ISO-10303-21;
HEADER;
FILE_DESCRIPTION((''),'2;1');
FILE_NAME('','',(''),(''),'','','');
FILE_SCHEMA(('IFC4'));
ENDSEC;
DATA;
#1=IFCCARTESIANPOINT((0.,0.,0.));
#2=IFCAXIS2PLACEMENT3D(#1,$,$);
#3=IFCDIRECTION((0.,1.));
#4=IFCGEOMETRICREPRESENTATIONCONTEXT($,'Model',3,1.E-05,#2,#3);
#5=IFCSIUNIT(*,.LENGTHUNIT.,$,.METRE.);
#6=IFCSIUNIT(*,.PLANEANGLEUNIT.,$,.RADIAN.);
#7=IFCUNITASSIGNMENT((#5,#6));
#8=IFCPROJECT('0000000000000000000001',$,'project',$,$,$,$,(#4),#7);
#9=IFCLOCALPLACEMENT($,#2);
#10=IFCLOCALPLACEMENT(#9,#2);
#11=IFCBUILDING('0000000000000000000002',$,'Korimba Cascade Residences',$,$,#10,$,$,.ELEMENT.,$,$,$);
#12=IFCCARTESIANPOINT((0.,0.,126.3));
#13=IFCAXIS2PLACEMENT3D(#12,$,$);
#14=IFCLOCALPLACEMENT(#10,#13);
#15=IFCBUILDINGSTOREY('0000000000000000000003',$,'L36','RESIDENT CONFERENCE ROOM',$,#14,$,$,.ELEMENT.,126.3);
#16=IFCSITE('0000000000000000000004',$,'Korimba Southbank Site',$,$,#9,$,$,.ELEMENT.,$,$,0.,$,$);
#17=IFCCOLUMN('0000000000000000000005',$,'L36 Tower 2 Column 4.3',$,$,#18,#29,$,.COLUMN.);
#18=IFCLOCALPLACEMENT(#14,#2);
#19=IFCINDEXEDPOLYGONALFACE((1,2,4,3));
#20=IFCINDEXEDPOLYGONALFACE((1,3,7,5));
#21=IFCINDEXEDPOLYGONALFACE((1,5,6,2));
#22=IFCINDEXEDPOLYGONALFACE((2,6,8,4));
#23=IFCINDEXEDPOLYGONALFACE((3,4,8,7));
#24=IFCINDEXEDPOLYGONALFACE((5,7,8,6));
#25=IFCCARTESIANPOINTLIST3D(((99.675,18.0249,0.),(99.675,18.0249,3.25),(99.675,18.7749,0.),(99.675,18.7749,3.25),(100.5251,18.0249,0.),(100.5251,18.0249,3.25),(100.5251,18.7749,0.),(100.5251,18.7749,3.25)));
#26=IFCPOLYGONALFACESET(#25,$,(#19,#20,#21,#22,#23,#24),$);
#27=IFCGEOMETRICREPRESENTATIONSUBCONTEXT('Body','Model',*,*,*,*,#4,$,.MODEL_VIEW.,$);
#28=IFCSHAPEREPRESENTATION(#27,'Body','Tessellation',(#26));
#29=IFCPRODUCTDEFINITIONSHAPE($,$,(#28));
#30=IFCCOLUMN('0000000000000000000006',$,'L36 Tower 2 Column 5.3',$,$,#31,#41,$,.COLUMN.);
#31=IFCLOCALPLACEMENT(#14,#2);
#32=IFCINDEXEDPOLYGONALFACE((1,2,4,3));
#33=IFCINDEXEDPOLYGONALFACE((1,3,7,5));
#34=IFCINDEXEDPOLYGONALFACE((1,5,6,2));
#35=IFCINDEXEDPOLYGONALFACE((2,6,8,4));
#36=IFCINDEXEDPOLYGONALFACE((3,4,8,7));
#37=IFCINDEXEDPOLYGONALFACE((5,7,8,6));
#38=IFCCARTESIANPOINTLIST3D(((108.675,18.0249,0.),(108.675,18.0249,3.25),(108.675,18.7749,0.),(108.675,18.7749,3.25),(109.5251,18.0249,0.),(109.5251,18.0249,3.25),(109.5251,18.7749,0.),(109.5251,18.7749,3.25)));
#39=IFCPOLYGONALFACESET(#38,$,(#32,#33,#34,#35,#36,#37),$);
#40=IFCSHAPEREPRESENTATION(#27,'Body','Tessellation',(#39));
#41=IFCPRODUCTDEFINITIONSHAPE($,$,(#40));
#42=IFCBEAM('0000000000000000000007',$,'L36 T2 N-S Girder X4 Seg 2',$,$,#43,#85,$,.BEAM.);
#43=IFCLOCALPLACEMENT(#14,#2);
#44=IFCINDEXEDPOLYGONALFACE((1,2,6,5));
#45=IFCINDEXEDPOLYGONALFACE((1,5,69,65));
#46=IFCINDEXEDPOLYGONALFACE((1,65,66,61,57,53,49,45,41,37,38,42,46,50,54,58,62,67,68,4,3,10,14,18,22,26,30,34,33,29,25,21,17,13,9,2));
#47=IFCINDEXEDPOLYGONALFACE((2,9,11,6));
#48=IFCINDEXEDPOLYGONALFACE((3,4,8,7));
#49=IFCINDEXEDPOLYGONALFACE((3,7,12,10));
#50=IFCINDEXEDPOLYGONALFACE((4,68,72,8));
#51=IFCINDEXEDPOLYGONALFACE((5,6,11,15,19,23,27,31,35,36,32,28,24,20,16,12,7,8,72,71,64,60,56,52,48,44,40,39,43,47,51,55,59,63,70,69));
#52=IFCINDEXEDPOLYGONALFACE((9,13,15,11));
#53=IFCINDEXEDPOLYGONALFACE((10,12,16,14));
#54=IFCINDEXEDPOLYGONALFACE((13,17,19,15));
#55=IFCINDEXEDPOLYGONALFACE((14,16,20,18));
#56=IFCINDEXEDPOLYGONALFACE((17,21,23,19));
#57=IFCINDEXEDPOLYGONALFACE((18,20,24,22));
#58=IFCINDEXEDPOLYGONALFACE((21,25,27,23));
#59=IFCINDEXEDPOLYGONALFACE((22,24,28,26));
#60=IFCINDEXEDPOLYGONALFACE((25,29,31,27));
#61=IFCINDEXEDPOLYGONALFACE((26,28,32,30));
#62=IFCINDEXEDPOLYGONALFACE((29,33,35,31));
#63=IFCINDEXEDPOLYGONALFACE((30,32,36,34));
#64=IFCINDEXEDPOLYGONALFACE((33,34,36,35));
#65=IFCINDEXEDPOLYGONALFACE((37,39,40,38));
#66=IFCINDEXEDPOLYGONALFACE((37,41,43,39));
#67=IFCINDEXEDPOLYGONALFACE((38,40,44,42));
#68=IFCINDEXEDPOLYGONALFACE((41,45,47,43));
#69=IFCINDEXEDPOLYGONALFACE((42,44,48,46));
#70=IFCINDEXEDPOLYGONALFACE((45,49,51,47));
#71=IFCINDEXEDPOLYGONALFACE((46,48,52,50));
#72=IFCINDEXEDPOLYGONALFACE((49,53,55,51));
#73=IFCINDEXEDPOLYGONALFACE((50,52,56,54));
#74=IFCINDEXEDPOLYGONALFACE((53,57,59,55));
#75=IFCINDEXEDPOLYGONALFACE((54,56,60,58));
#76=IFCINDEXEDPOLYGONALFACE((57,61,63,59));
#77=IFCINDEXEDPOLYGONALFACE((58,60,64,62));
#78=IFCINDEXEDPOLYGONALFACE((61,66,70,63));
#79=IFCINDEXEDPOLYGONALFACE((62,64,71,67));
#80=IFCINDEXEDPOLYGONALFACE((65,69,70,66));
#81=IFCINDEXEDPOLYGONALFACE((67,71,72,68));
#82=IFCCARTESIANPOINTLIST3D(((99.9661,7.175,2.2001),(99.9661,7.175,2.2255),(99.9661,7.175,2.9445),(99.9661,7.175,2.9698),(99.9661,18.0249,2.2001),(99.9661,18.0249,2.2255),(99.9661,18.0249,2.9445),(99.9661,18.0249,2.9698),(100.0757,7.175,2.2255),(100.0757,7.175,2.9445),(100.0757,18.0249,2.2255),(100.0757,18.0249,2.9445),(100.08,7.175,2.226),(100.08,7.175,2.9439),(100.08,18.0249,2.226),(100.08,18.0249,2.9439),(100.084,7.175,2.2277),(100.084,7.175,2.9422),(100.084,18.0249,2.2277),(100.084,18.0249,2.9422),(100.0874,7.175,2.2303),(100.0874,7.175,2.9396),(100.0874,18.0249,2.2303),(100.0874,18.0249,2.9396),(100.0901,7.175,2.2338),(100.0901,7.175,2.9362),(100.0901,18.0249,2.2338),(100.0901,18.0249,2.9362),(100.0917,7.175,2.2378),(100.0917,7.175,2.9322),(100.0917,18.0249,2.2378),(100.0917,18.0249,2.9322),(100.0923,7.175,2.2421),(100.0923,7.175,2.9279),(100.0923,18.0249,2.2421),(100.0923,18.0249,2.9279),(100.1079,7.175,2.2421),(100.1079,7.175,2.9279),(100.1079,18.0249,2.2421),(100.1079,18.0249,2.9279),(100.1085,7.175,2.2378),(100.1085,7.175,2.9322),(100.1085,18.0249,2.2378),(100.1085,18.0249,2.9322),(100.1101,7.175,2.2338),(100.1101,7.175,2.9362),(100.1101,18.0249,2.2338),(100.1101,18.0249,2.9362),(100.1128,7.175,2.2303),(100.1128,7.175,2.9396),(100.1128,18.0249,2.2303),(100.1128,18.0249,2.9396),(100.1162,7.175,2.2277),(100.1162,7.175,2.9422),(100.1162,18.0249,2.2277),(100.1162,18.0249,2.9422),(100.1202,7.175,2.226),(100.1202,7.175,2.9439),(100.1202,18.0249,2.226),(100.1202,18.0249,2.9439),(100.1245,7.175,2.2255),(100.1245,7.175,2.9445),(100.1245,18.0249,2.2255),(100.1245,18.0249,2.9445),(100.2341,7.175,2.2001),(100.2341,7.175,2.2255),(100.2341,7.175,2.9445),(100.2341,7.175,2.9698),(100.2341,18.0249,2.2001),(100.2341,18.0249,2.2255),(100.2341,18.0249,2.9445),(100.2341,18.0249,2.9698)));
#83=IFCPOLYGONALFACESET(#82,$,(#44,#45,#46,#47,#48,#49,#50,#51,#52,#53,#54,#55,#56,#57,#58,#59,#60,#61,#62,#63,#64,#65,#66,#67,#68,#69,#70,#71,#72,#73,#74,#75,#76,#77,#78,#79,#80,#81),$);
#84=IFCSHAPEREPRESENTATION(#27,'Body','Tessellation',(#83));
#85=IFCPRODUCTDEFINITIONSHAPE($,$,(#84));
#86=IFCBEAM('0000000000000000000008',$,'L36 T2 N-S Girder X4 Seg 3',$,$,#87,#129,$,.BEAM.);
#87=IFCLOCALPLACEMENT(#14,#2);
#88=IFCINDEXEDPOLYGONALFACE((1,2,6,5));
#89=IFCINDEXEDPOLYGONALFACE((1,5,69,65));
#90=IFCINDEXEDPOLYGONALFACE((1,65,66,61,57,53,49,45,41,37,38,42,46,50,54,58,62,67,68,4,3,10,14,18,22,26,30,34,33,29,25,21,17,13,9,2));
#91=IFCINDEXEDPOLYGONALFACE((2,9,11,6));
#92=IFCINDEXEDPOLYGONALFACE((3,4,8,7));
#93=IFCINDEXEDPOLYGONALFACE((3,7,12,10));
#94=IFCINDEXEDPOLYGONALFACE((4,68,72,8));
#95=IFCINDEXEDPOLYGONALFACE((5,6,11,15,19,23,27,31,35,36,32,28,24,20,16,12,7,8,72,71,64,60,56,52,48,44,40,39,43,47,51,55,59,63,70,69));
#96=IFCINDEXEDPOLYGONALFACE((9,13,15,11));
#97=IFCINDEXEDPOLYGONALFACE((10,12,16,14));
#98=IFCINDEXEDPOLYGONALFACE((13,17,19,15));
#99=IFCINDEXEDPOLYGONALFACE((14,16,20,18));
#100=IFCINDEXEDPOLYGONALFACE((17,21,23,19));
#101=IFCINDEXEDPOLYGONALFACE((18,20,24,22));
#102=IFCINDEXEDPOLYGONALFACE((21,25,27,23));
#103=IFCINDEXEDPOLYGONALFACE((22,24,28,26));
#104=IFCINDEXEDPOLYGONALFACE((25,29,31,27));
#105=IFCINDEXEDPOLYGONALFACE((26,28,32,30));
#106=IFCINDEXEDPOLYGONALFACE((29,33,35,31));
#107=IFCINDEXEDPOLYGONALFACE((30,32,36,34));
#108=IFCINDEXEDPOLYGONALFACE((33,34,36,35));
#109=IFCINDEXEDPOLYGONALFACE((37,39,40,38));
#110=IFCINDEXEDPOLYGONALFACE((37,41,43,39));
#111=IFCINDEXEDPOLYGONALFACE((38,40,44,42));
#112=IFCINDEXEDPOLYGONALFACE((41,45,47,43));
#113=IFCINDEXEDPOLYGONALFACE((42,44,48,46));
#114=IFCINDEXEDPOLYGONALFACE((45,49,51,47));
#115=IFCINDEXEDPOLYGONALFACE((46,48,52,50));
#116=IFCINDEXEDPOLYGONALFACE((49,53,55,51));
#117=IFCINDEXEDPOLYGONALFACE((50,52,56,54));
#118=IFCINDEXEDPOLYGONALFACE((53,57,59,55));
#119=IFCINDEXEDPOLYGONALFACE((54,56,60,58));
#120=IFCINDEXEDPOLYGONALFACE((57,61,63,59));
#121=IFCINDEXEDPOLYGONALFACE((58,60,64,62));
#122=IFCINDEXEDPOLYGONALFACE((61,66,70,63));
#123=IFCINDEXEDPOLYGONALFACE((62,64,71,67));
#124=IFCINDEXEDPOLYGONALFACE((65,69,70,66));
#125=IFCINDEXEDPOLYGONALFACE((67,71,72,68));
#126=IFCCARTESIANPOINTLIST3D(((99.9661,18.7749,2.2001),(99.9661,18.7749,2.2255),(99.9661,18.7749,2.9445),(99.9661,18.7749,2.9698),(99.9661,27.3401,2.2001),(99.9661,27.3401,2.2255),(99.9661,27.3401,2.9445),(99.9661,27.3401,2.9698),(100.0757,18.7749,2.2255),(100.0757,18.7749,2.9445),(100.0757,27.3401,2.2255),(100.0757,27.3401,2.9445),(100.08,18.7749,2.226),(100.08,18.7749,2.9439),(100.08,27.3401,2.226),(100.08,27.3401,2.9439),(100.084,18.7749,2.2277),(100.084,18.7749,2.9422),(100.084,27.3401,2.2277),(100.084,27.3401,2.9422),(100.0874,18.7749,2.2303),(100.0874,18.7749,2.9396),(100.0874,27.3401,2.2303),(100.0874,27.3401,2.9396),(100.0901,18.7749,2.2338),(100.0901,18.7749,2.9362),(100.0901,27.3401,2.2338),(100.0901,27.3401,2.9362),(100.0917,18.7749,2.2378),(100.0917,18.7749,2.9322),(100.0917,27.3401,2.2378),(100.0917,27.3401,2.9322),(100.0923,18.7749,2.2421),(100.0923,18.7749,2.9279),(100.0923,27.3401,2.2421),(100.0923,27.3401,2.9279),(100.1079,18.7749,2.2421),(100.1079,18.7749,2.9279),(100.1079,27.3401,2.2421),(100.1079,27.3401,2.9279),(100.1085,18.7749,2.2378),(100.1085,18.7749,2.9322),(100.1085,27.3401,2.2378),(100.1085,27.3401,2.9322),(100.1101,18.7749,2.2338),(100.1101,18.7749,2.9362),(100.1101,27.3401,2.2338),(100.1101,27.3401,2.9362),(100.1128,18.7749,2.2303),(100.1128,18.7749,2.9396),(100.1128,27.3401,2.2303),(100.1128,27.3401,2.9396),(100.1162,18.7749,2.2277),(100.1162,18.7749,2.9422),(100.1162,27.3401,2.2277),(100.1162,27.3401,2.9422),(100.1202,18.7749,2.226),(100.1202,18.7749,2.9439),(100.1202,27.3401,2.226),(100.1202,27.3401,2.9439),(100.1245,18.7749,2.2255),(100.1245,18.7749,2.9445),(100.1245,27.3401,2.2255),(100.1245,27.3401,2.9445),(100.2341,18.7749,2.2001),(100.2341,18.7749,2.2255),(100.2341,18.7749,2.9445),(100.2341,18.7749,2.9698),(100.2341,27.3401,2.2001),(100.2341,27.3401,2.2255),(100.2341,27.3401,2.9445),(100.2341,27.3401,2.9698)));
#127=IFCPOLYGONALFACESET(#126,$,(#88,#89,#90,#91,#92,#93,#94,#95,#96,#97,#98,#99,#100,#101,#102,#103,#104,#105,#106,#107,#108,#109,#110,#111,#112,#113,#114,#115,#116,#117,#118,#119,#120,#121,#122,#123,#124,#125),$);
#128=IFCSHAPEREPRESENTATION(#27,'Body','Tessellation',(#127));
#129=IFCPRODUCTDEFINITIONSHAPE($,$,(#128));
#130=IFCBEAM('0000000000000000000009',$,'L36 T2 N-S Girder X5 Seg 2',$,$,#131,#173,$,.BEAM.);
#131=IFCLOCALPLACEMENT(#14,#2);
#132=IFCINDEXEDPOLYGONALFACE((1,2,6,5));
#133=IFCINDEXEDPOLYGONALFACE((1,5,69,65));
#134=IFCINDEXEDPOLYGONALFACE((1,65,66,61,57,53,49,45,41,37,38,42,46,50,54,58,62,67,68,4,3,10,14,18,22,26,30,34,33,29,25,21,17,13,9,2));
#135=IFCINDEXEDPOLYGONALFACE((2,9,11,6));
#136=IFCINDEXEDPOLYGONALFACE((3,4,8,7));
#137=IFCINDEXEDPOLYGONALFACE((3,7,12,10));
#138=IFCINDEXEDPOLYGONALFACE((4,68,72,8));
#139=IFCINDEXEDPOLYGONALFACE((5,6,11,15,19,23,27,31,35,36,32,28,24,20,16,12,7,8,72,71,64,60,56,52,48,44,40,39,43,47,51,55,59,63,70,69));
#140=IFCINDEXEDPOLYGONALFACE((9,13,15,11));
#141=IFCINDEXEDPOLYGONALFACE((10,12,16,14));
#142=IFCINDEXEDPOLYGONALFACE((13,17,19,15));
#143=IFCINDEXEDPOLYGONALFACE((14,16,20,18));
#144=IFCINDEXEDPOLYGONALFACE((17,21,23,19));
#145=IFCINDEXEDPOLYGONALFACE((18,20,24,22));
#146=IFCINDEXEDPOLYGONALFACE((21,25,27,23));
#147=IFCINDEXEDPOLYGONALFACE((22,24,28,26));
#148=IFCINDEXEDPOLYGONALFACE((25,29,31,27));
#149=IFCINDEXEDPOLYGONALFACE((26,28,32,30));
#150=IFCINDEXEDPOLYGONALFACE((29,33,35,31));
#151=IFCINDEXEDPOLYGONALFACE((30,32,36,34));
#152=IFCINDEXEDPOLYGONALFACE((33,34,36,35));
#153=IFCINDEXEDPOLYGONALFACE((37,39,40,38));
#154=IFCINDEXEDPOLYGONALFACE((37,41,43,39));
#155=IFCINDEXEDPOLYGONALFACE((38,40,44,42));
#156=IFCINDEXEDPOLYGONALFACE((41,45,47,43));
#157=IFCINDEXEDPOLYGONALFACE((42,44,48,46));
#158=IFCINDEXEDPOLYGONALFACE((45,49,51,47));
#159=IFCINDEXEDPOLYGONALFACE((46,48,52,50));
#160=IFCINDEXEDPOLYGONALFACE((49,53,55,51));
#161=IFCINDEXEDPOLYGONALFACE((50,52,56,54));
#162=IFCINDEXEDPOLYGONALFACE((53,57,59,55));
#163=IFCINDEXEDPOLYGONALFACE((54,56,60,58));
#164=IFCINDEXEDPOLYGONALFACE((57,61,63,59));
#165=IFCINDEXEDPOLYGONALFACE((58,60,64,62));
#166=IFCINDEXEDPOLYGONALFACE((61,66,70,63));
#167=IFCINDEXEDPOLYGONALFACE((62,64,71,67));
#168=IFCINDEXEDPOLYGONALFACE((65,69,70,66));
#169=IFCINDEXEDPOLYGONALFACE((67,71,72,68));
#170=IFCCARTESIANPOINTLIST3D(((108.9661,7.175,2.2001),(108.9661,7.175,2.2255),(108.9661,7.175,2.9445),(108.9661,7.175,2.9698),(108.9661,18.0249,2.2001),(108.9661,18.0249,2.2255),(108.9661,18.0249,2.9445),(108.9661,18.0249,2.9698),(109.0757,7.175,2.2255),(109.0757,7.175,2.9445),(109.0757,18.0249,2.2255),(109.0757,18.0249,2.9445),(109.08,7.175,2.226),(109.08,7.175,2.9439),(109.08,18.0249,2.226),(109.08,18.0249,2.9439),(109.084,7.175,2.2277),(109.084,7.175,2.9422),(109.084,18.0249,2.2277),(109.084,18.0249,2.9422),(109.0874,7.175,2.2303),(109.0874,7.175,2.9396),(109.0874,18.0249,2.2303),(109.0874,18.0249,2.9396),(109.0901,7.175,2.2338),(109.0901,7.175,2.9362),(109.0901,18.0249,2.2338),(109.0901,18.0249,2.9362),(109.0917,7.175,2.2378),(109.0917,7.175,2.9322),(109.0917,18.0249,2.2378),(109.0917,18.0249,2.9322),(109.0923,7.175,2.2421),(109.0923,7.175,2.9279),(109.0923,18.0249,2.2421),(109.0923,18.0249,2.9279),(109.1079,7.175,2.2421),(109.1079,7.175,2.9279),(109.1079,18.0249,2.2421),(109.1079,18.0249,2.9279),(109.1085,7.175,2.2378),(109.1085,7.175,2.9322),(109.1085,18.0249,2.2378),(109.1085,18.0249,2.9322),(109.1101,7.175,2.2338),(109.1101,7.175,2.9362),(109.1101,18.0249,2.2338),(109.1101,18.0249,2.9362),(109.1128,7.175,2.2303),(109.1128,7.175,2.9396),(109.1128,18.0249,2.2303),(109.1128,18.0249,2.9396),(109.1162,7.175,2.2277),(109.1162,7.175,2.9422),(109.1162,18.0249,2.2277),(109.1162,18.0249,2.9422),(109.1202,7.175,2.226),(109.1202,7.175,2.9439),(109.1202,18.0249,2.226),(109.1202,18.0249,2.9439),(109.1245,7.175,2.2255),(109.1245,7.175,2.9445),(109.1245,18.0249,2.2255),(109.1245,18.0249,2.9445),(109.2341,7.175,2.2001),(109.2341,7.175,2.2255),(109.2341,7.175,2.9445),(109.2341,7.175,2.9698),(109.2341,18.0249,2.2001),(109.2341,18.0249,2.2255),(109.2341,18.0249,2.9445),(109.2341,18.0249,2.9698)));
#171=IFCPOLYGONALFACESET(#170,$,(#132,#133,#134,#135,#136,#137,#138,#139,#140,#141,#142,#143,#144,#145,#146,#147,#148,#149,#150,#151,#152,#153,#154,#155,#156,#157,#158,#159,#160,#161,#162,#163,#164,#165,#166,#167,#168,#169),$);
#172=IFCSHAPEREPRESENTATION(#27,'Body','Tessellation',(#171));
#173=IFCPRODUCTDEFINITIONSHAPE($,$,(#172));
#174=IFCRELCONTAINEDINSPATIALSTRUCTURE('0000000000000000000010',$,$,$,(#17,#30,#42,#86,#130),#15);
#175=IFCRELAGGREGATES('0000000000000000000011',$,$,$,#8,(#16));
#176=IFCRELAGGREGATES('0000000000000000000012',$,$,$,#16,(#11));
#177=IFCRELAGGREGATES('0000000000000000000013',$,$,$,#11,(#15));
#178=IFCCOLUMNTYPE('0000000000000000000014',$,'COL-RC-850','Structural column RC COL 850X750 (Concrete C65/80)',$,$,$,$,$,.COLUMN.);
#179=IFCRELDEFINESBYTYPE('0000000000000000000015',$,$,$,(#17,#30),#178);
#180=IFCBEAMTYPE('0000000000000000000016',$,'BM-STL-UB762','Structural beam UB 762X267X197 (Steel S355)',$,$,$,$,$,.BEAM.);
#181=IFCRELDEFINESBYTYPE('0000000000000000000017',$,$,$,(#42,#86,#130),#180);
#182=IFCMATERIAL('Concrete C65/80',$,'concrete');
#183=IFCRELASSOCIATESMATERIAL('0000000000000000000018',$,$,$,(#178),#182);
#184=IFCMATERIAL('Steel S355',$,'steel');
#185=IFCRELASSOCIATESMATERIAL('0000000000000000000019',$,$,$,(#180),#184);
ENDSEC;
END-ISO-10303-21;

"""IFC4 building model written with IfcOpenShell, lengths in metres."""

from ifc_helpers import new_model, si_unit, direction, frame, origin, origin_2d, place, context, subcontext, project, spatial, rectangle, i_section, extrude, material, material_profile, profile_set, type_object, element, save


model = new_model("IFC4")

# Units and contexts
model_context = context("Model", 3, precision=1e-05, world=origin(), true_north=direction((0.0, 1.0)))
body_context = subcontext(model_context, "Body", "Model", "MODEL_VIEW")
ifc_project = project(units=[si_unit("LENGTHUNIT", "METRE"), si_unit("PLANEANGLEUNIT", "RADIAN")], contexts=[model_context])

# Site, building, storey
site_placement = place(None, origin())
site = spatial("IfcSite", under=ifc_project, at=site_placement, Name="Korimba Southbank Site", CompositionType="ELEMENT", RefElevation=0.0)
building_placement = place(site_placement, origin())
building = spatial("IfcBuilding", under=site, at=building_placement, Name="Korimba Cascade Residences", CompositionType="ELEMENT")
storey_placement = place(building_placement, frame((0.0, 0.0, 126.3)))
storey = spatial("IfcBuildingStorey", under=building, at=storey_placement, Name="L36", Description="RESIDENT CONFERENCE ROOM", CompositionType="ELEMENT", Elevation=126.3)

# Columns
ifc_material_1 = material(Name="Concrete C65/80", Category="concrete")
ifc_material_profile_1 = material_profile(ifc_material_1, rectangle(XDim=0.8501, YDim=0.75, at=origin_2d()), Name="Concrete C65/80")
ifc_profile_set_1 = profile_set([ifc_material_profile_1], Name="Concrete C65/80")
column_type = type_object("IfcColumnType", Name="COL-RC-850", Description="Structural column RC COL 850X750 (Concrete C65/80)", PredefinedType="COLUMN", material=ifc_profile_set_1)
for number, where, z_axis, x_axis, name in (
    (1, (100.1001, 18.3999, 0.0), (0.0, 0.0, 1.0), (1.0, 0.0, 0.0), "L36 Tower 2 Column 4.3"),
    (2, (109.1001, 18.3999, 0.0), (0.0, 0.0, 1.0), (1.0, 0.0, 0.0), "L36 Tower 2 Column 5.3"),
):
    element("IfcColumn", number, at=place(storey_placement, frame(where, z_axis=z_axis, x_axis=x_axis)), inside=storey, type_object=column_type, Name=name, PredefinedType="COLUMN", context=body_context, shape_type="SweptSolid", body=[
        extrude(rectangle(XDim=0.8501, YDim=0.75, at=origin_2d()), origin(), (0.0, 0.0, 1.0), 3.25),
    ])

# Beams
ifc_material_2 = material(Name="Steel S355", Category="steel")
ifc_material_profile_2 = material_profile(ifc_material_2, i_section(OverallWidth=0.2681, OverallDepth=0.7698, WebThickness=0.0156, FlangeThickness=0.0254, FilletRadius=0.0166, at=origin_2d()), Name="Steel S355")
ifc_profile_set_2 = profile_set([ifc_material_profile_2], Name="Steel S355")
beam_type = type_object("IfcBeamType", Name="BM-STL-UB762", Description="Structural beam UB 762X267X197 (Steel S355)", PredefinedType="BEAM", material=ifc_profile_set_2)
beam_1_placement = place(storey_placement, frame((100.1001, 7.175, 2.585), z_axis=(0.0, 1.0, 0.0), x_axis=(-1.0, 0.0, 0.0)))
element("IfcBeam", 3, at=beam_1_placement, inside=storey, type_object=beam_type, Name="L36 T2 N-S Girder X4 Seg 2", PredefinedType="BEAM", context=body_context, shape_type="SweptSolid", body=[
    extrude(i_section(OverallWidth=0.2681, OverallDepth=0.7698, WebThickness=0.0156, FlangeThickness=0.0254, FilletRadius=0.0166, at=origin_2d()), origin(), (0.0, 0.0, 1.0), 10.8499),
])
beam_2_placement = place(storey_placement, frame((100.1001, 18.7749, 2.585), z_axis=(0.0, 1.0, 0.0), x_axis=(-1.0, 0.0, 0.0)))
element("IfcBeam", 4, at=beam_2_placement, inside=storey, type_object=beam_type, Name="L36 T2 N-S Girder X4 Seg 3", PredefinedType="BEAM", context=body_context, shape_type="SweptSolid", body=[
    extrude(i_section(OverallWidth=0.2681, OverallDepth=0.7698, WebThickness=0.0156, FlangeThickness=0.0254, FilletRadius=0.0166, at=origin_2d()), origin(), (0.0, 0.0, 1.0), 8.5652),
])
beam_3_placement = place(storey_placement, frame((109.1001, 7.175, 2.585), z_axis=(0.0, 1.0, 0.0), x_axis=(-1.0, 0.0, 0.0)))
element("IfcBeam", 5, at=beam_3_placement, inside=storey, type_object=beam_type, Name="L36 T2 N-S Girder X5 Seg 2", PredefinedType="BEAM", context=body_context, shape_type="SweptSolid", body=[
    extrude(i_section(OverallWidth=0.2681, OverallDepth=0.7698, WebThickness=0.0156, FlangeThickness=0.0254, FilletRadius=0.0166, at=origin_2d()), origin(), (0.0, 0.0, 1.0), 10.8499),
])

save(model, "model.ifc")
